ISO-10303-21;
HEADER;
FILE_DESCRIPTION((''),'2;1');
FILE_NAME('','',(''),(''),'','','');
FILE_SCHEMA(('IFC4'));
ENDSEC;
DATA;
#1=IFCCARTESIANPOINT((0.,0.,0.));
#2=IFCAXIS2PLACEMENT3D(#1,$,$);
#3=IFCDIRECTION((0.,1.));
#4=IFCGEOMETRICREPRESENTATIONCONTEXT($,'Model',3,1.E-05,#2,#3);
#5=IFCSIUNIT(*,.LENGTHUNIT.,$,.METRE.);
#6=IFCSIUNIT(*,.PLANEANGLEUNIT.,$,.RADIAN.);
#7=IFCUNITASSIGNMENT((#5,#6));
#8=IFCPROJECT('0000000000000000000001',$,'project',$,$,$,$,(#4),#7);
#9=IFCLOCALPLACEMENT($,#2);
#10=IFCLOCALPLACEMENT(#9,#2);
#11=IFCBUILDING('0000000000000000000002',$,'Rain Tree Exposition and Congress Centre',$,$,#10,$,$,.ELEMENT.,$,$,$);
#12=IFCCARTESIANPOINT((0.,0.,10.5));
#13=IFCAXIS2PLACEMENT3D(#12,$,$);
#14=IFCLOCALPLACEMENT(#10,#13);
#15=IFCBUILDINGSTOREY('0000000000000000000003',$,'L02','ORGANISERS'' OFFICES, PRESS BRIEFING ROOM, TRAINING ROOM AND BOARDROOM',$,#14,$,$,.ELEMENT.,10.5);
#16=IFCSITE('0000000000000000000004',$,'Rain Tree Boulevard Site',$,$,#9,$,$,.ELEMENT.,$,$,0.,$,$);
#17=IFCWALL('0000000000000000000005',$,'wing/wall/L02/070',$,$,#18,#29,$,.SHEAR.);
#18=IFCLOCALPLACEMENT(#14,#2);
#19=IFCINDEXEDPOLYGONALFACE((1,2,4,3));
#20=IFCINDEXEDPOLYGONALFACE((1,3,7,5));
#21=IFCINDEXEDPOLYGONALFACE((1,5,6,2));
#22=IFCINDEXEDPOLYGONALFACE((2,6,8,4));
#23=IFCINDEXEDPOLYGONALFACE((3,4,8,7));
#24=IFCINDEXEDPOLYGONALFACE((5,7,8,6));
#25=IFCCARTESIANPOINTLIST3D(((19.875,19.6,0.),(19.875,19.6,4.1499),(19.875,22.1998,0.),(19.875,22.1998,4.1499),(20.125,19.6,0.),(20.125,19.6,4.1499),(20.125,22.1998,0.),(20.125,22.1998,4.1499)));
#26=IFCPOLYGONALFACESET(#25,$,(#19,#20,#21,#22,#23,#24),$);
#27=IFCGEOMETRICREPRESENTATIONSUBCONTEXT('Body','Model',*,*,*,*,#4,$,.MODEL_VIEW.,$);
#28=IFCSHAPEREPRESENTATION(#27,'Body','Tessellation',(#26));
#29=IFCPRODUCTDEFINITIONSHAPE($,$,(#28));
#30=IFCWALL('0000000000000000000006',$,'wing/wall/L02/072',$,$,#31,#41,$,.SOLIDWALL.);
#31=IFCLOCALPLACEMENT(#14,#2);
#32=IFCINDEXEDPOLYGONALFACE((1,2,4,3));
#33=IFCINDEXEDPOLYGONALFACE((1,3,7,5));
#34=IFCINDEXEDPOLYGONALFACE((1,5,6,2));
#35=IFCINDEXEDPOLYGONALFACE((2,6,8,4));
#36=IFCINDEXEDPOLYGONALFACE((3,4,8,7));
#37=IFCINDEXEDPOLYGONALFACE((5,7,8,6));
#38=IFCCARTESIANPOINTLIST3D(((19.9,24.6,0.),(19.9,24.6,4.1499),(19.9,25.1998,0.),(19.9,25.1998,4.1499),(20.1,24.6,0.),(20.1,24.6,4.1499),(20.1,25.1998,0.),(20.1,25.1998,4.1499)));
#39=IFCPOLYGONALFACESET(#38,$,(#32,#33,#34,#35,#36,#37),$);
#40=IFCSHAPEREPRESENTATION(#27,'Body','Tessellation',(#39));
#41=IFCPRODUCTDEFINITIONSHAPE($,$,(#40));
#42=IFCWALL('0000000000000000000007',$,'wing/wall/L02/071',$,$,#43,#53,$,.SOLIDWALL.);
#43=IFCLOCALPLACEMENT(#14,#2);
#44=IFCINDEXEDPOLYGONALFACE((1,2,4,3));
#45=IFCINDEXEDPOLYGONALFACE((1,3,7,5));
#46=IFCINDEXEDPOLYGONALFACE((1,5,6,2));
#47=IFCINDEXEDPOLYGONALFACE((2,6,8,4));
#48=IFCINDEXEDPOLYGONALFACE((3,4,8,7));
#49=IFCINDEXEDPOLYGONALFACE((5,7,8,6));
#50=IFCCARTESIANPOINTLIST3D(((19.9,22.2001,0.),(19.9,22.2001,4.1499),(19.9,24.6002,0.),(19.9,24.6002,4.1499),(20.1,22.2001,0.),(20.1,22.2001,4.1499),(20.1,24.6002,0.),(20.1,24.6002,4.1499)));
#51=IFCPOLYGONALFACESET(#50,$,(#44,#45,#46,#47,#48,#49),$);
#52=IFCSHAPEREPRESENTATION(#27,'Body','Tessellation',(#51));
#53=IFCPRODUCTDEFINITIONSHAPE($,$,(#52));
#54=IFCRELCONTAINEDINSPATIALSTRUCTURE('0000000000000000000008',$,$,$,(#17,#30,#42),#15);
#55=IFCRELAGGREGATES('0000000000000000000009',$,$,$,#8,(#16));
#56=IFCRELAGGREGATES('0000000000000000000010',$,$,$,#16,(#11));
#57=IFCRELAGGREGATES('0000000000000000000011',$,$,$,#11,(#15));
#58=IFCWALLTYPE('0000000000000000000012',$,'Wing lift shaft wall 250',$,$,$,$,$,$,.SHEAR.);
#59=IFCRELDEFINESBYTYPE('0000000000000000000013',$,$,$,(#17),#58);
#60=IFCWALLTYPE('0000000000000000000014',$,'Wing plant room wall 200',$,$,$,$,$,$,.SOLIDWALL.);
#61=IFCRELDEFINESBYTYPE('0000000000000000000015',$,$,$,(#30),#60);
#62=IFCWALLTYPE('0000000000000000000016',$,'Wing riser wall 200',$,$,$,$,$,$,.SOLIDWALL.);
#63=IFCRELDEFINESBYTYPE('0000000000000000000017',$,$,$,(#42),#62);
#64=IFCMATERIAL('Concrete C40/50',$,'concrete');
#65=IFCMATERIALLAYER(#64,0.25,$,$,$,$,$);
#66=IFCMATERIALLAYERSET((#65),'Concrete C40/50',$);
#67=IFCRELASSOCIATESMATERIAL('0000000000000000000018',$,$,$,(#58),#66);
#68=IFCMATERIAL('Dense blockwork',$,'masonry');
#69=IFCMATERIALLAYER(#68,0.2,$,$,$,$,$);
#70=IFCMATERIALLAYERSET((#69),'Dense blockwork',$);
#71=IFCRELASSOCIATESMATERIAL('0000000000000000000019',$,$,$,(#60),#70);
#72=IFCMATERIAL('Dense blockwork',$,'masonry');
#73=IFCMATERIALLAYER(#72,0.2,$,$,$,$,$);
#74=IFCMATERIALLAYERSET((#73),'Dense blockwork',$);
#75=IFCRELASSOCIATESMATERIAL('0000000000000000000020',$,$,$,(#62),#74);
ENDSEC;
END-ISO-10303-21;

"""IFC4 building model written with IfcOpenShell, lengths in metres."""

from ifc_helpers import new_model, si_unit, direction, frame, frame_2d, origin, place, context, subcontext, project, spatial, rectangle, extrude, material, layer, layer_set, type_object, element, save


model = new_model("IFC4")

# Units and contexts
model_context = context("Model", 3, precision=1e-05, world=origin(), true_north=direction((0.0, 1.0)))
body_context = subcontext(model_context, "Body", "Model", "MODEL_VIEW")
ifc_project = project(units=[si_unit("LENGTHUNIT", "METRE"), si_unit("PLANEANGLEUNIT", "RADIAN")], contexts=[model_context])

# Site, building, storey
site_placement = place(None, origin())
site = spatial("IfcSite", under=ifc_project, at=site_placement, Name="Rain Tree Boulevard Site", CompositionType="ELEMENT", RefElevation=0.0)
building_placement = place(site_placement, origin())
building = spatial("IfcBuilding", under=site, at=building_placement, Name="Rain Tree Exposition and Congress Centre", CompositionType="ELEMENT")
storey_placement = place(building_placement, frame((0.0, 0.0, 10.5)))
storey = spatial("IfcBuildingStorey", under=building, at=storey_placement, Name="L02", Description="ORGANISERS' OFFICES, PRESS BRIEFING ROOM, TRAINING ROOM AND BOARDROOM", CompositionType="ELEMENT", Elevation=10.5)

# Shared definitions
ifc_material_1 = material(Name="Concrete C40/50", Category="concrete")
ifc_layer_1 = layer(ifc_material_1, 0.25)
ifc_layer_set_1 = layer_set([ifc_layer_1], Name="Concrete C40/50")
wall_type_1 = type_object("IfcWallType", Name="Wing lift shaft wall 250", PredefinedType="SHEAR", material=ifc_layer_set_1)

# Walls
wall_1_placement = place(storey_placement, frame((20.0, 19.6001, 0.0), z_axis=(0.0, 0.0, 1.0), x_axis=(0.0, 1.0, 0.0)))
element("IfcWall", 1, at=wall_1_placement, inside=storey, type_object=wall_type_1, Name="wing/wall/L02/070", PredefinedType="SHEAR", context=body_context, shape_type="SweptSolid", body=[
    extrude(rectangle(XDim=2.5999, YDim=0.25, at=frame_2d((1.2998, 0.0))), origin(), (0.0, 0.0, 1.0), 4.1499),
])
ifc_material_2 = material(Name="Dense blockwork", Category="masonry")
ifc_layer_2 = layer(ifc_material_2, 0.2)
ifc_layer_set_2 = layer_set([ifc_layer_2], Name="Dense blockwork")
wall_type_2 = type_object("IfcWallType", Name="Wing plant room wall 200", PredefinedType="SOLIDWALL", material=ifc_layer_set_2)
wall_2_placement = place(storey_placement, frame((20.0, 24.6001, 0.0), z_axis=(0.0, 0.0, 1.0), x_axis=(0.0, 1.0, 0.0)))
element("IfcWall", 2, at=wall_2_placement, inside=storey, type_object=wall_type_2, Name="wing/wall/L02/072", PredefinedType="SOLIDWALL", context=body_context, shape_type="SweptSolid", body=[
    extrude(rectangle(XDim=0.5999, YDim=0.2, at=frame_2d((0.2998, 0.0))), origin(), (0.0, 0.0, 1.0), 4.1499),
])
ifc_material_3 = material(Name="Dense blockwork", Category="masonry")
ifc_layer_3 = layer(ifc_material_3, 0.2)
ifc_layer_set_3 = layer_set([ifc_layer_3], Name="Dense blockwork")
wall_type_3 = type_object("IfcWallType", Name="Wing riser wall 200", PredefinedType="SOLIDWALL", material=ifc_layer_set_3)
wall_3_placement = place(storey_placement, frame((20.0, 22.2, 0.0), z_axis=(0.0, 0.0, 1.0), x_axis=(0.0, 1.0, 0.0)))
element("IfcWall", 3, at=wall_3_placement, inside=storey, type_object=wall_type_3, Name="wing/wall/L02/071", PredefinedType="SOLIDWALL", context=body_context, shape_type="SweptSolid", body=[
    extrude(rectangle(XDim=2.4001, YDim=0.2, at=frame_2d((1.2002, 0.0))), origin(), (0.0, 0.0, 1.0), 4.1499),
])

save(model, "model.ifc")
